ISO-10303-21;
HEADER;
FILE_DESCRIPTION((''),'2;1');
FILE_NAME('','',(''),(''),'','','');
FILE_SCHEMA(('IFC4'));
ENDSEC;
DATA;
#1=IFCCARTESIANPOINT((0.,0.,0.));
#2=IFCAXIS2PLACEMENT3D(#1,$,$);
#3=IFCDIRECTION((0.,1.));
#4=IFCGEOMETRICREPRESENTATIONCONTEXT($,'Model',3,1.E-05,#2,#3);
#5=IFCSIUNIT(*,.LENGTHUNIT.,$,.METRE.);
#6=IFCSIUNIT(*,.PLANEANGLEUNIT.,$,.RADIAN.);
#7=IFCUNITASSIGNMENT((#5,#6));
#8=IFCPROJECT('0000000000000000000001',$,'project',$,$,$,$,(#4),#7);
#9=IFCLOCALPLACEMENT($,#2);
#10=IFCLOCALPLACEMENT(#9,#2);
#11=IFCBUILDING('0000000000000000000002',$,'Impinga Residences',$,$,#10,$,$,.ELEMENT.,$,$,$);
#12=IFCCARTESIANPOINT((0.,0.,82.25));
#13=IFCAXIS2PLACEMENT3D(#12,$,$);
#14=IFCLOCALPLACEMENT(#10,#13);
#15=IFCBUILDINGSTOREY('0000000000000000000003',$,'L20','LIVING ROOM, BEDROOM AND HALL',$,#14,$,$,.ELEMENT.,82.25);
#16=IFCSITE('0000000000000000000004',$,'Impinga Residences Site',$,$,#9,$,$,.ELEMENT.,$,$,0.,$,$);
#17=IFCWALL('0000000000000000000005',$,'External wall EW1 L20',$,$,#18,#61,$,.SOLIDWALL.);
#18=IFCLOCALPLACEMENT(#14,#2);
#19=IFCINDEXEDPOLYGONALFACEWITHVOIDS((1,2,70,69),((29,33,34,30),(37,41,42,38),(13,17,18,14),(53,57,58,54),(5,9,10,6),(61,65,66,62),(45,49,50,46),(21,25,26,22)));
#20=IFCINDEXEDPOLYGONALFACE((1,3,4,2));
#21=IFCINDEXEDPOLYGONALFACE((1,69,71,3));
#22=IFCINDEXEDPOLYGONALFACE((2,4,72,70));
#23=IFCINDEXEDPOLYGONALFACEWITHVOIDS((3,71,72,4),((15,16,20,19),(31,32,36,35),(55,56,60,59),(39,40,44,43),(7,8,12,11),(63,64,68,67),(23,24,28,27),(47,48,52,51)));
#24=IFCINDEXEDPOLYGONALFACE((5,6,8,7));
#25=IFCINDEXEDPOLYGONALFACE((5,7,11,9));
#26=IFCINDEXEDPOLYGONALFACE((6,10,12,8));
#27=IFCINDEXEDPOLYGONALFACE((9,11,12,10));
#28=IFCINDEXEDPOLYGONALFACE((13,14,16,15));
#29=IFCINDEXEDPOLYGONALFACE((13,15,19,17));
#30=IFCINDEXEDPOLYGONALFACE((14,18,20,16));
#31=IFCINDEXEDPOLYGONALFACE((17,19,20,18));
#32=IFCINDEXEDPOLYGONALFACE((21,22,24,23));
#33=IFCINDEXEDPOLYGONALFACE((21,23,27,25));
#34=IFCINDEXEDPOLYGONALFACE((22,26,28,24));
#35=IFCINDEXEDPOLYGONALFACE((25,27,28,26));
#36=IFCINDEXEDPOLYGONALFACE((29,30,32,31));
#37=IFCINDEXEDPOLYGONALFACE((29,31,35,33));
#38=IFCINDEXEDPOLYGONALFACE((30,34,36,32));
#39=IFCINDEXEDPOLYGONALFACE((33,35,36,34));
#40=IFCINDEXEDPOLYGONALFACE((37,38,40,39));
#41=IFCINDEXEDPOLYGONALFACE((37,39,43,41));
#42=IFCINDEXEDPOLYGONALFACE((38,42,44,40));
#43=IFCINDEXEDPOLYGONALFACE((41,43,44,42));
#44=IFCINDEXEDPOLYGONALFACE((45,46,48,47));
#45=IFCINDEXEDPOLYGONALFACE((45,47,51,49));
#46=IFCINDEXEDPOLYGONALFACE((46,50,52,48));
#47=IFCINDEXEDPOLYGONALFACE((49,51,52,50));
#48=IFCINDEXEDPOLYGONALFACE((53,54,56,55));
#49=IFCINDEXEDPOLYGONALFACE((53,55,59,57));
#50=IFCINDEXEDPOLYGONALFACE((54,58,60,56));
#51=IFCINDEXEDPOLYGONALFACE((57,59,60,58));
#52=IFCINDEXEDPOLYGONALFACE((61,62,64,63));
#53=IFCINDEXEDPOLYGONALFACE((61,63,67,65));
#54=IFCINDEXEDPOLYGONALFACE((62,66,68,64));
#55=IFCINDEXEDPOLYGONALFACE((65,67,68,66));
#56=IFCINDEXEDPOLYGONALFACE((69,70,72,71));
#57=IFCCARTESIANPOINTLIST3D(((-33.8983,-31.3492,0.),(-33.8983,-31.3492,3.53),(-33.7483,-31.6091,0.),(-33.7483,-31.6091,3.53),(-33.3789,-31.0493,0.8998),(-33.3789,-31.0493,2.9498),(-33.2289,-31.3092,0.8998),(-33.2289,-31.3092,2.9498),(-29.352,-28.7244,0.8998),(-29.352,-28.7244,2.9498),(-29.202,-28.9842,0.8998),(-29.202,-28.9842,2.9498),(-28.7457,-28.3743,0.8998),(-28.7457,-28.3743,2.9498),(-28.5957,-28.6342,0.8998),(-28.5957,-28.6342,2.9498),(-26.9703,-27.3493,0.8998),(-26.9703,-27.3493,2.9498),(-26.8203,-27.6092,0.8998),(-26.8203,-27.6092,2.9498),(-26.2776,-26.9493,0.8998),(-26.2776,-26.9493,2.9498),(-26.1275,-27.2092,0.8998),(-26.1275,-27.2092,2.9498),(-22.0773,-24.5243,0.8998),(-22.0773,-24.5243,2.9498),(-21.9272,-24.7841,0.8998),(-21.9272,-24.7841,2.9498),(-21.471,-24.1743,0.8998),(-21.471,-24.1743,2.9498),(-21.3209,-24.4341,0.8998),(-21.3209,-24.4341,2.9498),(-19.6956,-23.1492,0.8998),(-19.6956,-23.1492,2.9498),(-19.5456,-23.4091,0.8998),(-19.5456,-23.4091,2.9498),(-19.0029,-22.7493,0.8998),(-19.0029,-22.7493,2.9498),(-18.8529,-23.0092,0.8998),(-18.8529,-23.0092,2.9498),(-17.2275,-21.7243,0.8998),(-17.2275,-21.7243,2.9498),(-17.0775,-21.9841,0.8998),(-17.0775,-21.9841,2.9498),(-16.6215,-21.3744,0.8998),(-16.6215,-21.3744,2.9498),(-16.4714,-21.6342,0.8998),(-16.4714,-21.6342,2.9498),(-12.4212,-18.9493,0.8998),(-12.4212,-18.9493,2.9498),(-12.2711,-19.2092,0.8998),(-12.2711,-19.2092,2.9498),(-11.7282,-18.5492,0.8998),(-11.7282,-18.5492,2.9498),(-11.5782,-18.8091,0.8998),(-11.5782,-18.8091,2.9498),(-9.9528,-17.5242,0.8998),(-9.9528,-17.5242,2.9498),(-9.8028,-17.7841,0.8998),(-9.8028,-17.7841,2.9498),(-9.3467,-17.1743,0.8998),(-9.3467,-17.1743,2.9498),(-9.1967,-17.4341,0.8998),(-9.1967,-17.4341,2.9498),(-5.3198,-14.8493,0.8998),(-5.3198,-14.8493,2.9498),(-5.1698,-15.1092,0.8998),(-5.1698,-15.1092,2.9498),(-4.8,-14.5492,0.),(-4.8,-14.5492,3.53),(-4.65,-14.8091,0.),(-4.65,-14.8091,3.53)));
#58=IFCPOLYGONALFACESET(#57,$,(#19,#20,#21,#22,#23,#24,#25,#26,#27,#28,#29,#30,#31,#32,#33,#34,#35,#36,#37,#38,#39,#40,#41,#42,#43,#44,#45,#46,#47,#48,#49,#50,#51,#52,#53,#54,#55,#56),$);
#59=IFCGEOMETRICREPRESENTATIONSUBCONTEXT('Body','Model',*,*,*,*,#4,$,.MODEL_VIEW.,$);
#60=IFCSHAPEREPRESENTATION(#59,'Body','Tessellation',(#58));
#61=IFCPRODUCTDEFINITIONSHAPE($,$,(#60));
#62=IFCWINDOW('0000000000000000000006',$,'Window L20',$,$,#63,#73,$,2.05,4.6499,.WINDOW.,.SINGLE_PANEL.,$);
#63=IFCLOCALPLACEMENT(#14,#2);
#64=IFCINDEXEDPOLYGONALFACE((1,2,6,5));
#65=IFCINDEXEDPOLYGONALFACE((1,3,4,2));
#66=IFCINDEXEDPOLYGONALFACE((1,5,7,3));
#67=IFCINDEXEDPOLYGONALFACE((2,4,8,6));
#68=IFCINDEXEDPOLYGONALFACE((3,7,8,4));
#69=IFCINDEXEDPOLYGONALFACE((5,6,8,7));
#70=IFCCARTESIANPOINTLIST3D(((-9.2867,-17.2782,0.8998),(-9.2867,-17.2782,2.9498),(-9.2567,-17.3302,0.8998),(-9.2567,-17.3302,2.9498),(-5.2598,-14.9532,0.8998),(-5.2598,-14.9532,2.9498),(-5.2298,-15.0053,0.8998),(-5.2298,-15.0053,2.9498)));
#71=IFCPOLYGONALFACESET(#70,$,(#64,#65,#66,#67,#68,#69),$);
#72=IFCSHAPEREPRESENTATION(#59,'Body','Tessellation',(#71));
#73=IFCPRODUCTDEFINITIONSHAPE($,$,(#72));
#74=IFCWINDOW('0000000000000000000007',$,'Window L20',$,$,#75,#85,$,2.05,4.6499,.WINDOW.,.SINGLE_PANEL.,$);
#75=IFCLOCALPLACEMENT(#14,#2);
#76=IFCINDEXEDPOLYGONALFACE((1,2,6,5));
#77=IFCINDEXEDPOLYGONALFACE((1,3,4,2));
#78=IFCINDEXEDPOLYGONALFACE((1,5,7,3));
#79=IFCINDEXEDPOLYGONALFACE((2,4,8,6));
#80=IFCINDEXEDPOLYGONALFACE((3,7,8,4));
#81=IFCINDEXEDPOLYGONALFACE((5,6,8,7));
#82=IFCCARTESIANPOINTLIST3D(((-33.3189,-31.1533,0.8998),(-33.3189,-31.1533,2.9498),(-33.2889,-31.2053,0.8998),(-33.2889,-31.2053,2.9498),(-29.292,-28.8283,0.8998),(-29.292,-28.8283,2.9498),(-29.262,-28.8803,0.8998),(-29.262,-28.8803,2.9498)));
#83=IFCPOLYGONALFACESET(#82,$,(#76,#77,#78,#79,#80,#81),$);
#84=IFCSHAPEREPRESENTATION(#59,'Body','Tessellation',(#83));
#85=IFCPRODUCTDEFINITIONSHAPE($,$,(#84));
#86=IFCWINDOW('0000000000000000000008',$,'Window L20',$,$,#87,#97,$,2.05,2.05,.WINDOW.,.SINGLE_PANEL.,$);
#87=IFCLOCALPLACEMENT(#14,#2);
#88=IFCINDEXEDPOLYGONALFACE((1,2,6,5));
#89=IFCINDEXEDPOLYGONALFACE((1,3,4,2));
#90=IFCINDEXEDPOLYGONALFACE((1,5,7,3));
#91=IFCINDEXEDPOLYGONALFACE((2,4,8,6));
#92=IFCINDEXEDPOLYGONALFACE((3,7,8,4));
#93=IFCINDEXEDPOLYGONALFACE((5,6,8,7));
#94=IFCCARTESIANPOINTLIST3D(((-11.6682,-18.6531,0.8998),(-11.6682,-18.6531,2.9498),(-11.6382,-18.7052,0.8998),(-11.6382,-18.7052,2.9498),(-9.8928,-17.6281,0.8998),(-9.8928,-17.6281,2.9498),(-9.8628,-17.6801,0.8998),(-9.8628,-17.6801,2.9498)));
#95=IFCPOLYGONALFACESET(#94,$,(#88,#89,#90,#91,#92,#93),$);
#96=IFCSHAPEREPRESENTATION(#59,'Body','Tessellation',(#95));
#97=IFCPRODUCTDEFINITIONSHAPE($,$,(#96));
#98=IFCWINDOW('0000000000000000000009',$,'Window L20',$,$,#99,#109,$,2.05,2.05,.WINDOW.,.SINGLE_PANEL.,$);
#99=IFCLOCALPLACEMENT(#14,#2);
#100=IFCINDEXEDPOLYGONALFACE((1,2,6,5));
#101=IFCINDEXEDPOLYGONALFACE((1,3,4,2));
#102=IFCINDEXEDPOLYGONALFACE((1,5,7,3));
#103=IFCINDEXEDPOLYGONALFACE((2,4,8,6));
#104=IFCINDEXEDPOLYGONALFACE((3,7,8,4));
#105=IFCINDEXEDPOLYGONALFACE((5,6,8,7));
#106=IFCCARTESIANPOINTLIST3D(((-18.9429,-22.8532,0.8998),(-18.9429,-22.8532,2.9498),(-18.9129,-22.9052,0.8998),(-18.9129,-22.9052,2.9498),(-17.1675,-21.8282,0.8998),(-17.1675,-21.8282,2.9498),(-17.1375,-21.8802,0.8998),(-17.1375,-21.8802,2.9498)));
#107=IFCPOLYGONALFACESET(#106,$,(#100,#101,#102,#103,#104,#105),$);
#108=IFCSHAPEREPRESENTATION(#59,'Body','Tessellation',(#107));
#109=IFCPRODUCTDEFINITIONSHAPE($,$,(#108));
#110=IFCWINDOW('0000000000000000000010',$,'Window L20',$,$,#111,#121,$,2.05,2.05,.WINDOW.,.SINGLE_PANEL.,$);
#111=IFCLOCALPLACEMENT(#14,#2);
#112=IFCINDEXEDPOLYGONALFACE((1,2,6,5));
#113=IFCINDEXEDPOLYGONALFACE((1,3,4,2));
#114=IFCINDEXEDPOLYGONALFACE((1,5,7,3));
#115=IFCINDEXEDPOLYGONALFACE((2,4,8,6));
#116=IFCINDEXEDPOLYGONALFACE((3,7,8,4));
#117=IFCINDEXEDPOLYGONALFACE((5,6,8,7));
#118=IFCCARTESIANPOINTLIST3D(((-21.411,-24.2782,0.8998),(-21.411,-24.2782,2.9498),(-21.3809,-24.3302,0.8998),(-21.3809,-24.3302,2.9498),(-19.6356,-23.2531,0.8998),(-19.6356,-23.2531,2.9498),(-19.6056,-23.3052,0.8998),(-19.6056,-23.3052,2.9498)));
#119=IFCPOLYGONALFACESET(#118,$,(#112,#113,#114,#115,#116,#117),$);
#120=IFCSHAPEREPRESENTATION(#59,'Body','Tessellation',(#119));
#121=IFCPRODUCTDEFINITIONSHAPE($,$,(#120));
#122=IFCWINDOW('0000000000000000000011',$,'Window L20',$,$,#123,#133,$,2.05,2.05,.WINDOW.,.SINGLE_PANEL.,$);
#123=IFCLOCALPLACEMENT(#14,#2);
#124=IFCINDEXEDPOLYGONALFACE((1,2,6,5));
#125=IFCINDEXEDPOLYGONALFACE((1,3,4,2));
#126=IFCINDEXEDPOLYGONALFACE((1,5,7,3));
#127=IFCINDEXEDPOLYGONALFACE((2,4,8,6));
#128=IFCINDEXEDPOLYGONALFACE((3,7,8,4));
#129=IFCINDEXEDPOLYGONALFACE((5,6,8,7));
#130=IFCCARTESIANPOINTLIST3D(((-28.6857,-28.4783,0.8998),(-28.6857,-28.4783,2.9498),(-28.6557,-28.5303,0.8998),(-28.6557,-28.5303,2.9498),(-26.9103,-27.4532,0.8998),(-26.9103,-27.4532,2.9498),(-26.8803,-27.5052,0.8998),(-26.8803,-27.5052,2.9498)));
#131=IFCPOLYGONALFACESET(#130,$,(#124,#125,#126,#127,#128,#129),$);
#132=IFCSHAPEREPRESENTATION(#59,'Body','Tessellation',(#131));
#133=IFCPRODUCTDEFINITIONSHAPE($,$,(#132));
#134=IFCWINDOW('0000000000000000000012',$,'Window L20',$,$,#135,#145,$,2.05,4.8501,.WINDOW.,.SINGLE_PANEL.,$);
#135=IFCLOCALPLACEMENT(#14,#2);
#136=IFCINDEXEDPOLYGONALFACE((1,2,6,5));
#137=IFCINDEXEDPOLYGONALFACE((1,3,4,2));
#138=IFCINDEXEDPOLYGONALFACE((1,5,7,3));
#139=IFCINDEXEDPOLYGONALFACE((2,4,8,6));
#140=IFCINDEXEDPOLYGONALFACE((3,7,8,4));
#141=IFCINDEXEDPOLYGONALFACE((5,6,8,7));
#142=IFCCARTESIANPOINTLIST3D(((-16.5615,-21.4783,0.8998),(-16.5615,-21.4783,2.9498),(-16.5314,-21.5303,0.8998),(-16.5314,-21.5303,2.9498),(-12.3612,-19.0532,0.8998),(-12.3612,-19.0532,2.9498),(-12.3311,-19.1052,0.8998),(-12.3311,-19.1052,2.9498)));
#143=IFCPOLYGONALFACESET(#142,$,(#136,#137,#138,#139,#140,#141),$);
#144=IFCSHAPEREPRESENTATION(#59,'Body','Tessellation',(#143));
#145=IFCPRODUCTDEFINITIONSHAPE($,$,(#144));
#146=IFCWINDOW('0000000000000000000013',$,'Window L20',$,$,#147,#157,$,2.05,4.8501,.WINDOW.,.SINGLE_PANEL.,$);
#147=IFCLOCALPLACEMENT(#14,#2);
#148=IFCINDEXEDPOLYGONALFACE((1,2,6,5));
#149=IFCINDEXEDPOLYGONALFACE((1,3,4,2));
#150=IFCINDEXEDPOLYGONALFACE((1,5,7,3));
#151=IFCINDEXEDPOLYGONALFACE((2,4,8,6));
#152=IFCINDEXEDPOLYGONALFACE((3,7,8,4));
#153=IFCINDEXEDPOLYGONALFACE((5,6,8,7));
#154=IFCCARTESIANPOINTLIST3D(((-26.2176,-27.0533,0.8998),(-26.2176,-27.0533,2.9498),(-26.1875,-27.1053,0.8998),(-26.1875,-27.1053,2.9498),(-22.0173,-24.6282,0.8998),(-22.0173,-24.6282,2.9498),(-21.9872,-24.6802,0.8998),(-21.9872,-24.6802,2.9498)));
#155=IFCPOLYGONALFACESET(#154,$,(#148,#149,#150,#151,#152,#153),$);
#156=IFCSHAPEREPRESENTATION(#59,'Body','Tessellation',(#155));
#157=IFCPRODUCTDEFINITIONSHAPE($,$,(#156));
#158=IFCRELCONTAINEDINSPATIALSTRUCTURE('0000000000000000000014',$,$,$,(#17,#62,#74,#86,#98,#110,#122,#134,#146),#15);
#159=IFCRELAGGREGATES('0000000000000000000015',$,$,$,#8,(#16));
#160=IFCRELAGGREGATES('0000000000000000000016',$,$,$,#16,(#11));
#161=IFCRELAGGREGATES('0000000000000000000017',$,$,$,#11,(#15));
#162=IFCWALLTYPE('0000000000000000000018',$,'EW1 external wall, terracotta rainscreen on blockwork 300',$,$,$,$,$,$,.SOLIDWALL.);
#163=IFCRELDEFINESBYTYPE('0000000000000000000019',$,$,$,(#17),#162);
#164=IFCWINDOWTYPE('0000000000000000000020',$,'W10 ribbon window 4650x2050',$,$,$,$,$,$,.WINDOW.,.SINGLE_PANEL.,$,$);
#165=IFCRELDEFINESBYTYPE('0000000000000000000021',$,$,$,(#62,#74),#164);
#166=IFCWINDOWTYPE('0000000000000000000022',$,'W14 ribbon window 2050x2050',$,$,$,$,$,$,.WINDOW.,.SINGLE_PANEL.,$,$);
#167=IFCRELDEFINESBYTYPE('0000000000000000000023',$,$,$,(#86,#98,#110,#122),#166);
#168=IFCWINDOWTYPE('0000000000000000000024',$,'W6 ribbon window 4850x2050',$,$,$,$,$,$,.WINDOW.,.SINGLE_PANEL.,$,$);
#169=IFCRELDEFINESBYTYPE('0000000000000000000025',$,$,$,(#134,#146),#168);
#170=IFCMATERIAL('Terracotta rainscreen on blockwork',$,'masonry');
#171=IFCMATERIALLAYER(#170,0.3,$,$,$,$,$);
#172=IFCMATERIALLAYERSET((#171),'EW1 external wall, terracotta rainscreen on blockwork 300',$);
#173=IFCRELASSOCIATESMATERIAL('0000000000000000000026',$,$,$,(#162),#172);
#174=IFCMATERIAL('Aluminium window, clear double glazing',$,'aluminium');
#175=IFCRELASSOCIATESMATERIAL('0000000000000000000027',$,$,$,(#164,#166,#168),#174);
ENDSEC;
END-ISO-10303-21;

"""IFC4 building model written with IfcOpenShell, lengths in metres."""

from ifc_helpers import new_model, si_unit, direction, frame, frame_2d, origin, place, context, subcontext, project, spatial, rectangle, extrude, material, layer, layer_set, type_object, element, fill, save


model = new_model("IFC4")

# Units and contexts
model_context = context("Model", 3, precision=1e-05, world=origin(), true_north=direction((0.0, 1.0)))
body_context = subcontext(model_context, "Body", "Model", "MODEL_VIEW")
ifc_project = project(units=[si_unit("LENGTHUNIT", "METRE"), si_unit("PLANEANGLEUNIT", "RADIAN")], contexts=[model_context])

# Site, building, storey
site_placement = place(None, origin())
site = spatial("IfcSite", under=ifc_project, at=site_placement, Name="Impinga Residences Site", CompositionType="ELEMENT", RefElevation=0.0)
building_placement = place(site_placement, origin())
building = spatial("IfcBuilding", under=site, at=building_placement, Name="Impinga Residences", CompositionType="ELEMENT")
storey_placement = place(building_placement, frame((0.0, 0.0, 82.25)))
storey = spatial("IfcBuildingStorey", under=building, at=storey_placement, Name="L20", Description="LIVING ROOM, BEDROOM AND HALL", CompositionType="ELEMENT", Elevation=82.25)

# Shared definitions
ifc_material_1 = material(Name="Terracotta rainscreen on blockwork", Category="masonry")
ifc_layer_1 = layer(ifc_material_1, 0.3)
ifc_layer_set_1 = layer_set([ifc_layer_1], Name="EW1 external wall, terracotta rainscreen on blockwork 300")
wall_type_1 = type_object("IfcWallType", Name="EW1 external wall, terracotta rainscreen on blockwork 300", PredefinedType="SOLIDWALL", material=ifc_layer_set_1)

# Wall, openings, windows
wall_1_placement = place(storey_placement, frame((-4.7251, -14.6792, 0.0), z_axis=(0.0, 0.0, 1.0), x_axis=(-0.866024, -0.500002, 0.0)))
wall_1 = element("IfcWall", 1, at=wall_1_placement, inside=storey, type_object=wall_type_1, Name="External wall EW1 L20", PredefinedType="SOLIDWALL", context=body_context, shape_type="SweptSolid", body=[
    extrude(rectangle(XDim=33.5999, YDim=0.3, at=frame_2d((16.7998, 0.0))), origin(), (0.0, 0.0, 1.0), 3.53),
])
opening_1_placement = place(wall_1_placement, frame((0.6001, 0.0, 0.8999)))
opening_1 = element("IfcOpeningElement", 2, at=opening_1_placement, cuts=wall_1, PredefinedType="OPENING", context=body_context, shape_type="SweptSolid", body=[
    extrude(rectangle(XDim=4.6499, YDim=2.05, at=frame_2d((2.325, 1.0249))), frame((0.0, 0.1599, 0.0), z_axis=(0.0, -1.0, 0.0), x_axis=(1.0, 0.0, 0.0)), (0.0, 0.0, 1.0), 0.3201),
])
opening_2_placement = place(wall_1_placement, frame((5.95, 0.0, 0.8999)))
opening_2 = element("IfcOpeningElement", 3, at=opening_2_placement, cuts=wall_1, PredefinedType="OPENING", context=body_context, shape_type="SweptSolid", body=[
    extrude(rectangle(XDim=2.05, YDim=2.05, at=frame_2d((1.0249, 1.0249))), frame((0.0, 0.1599, 0.0), z_axis=(0.0, -1.0, 0.0), x_axis=(1.0, 0.0, 0.0)), (0.0, 0.0, 1.0), 0.3201),
])
opening_3_placement = place(wall_1_placement, frame((8.8, 0.0, 0.8999)))
opening_3 = element("IfcOpeningElement", 4, at=opening_3_placement, cuts=wall_1, PredefinedType="OPENING", context=body_context, shape_type="SweptSolid", body=[
    extrude(rectangle(XDim=4.8501, YDim=2.05, at=frame_2d((2.425, 1.0249))), frame((0.0, 0.1599, 0.0), z_axis=(0.0, -1.0, 0.0), x_axis=(1.0, 0.0, 0.0)), (0.0, 0.0, 1.0), 0.3201),
])
opening_4_placement = place(wall_1_placement, frame((14.3501, 0.0, 0.8999)))
opening_4 = element("IfcOpeningElement", 5, at=opening_4_placement, cuts=wall_1, PredefinedType="OPENING", context=body_context, shape_type="SweptSolid", body=[
    extrude(rectangle(XDim=2.05, YDim=2.05, at=frame_2d((1.0249, 1.0249))), frame((0.0, 0.1599, 0.0), z_axis=(0.0, -1.0, 0.0), x_axis=(1.0, 0.0, 0.0)), (0.0, 0.0, 1.0), 0.3201),
])
opening_5_placement = place(wall_1_placement, frame((17.2, 0.0, 0.8999)))
opening_5 = element("IfcOpeningElement", 6, at=opening_5_placement, cuts=wall_1, PredefinedType="OPENING", context=body_context, shape_type="SweptSolid", body=[
    extrude(rectangle(XDim=2.05, YDim=2.05, at=frame_2d((1.0249, 1.0249))), frame((0.0, 0.1599, 0.0), z_axis=(0.0, -1.0, 0.0), x_axis=(1.0, 0.0, 0.0)), (0.0, 0.0, 1.0), 0.3201),
])
opening_6_placement = place(wall_1_placement, frame((19.95, 0.0, 0.8999)))
opening_6 = element("IfcOpeningElement", 7, at=opening_6_placement, cuts=wall_1, PredefinedType="OPENING", context=body_context, shape_type="SweptSolid", body=[
    extrude(rectangle(XDim=4.8501, YDim=2.05, at=frame_2d((2.425, 1.0249))), frame((0.0, 0.1599, 0.0), z_axis=(0.0, -1.0, 0.0), x_axis=(1.0, 0.0, 0.0)), (0.0, 0.0, 1.0), 0.3201),
])
opening_7_placement = place(wall_1_placement, frame((25.6001, 0.0, 0.8999)))
opening_7 = element("IfcOpeningElement", 8, at=opening_7_placement, cuts=wall_1, PredefinedType="OPENING", context=body_context, shape_type="SweptSolid", body=[
    extrude(rectangle(XDim=2.05, YDim=2.05, at=frame_2d((1.0249, 1.0249))), frame((0.0, 0.1599, 0.0), z_axis=(0.0, -1.0, 0.0), x_axis=(1.0, 0.0, 0.0)), (0.0, 0.0, 1.0), 0.3201),
])
opening_8_placement = place(wall_1_placement, frame((28.3501, 0.0, 0.8999)))
opening_8 = element("IfcOpeningElement", 9, at=opening_8_placement, cuts=wall_1, PredefinedType="OPENING", context=body_context, shape_type="SweptSolid", body=[
    extrude(rectangle(XDim=4.6499, YDim=2.05, at=frame_2d((2.325, 1.0249))), frame((0.0, 0.1599, 0.0), z_axis=(0.0, -1.0, 0.0), x_axis=(1.0, 0.0, 0.0)), (0.0, 0.0, 1.0), 0.3201),
])
ifc_material_2 = material(Name="Aluminium window, clear double glazing", Category="aluminium")
window_type_1 = type_object("IfcWindowType", Name="W10 ribbon window 4650x2050", PartitioningType="SINGLE_PANEL", PredefinedType="WINDOW", material=ifc_material_2)
window_1_placement = place(opening_1_placement, origin())
window_1 = element("IfcWindow", 10, at=window_1_placement, inside=storey, type_object=window_type_1, Name="Window L20", OverallHeight=2.05, OverallWidth=4.6499, PartitioningType="SINGLE_PANEL", PredefinedType="WINDOW", context=body_context, shape_type="SweptSolid", body=[
    extrude(rectangle(XDim=4.6499, YDim=2.05, at=frame_2d((2.325, 1.0249))), frame((0.0, 0.03, 0.0), z_axis=(0.0, -1.0, 0.0), x_axis=(1.0, 0.0, 0.0)), (0.0, 0.0, 1.0), 0.0601),
])
fill(opening_1, window_1)
window_2_placement = place(opening_8_placement, origin())
window_2 = element("IfcWindow", 11, at=window_2_placement, inside=storey, type_object=window_type_1, Name="Window L20", OverallHeight=2.05, OverallWidth=4.6499, PartitioningType="SINGLE_PANEL", PredefinedType="WINDOW", context=body_context, shape_type="SweptSolid", body=[
    extrude(rectangle(XDim=4.6499, YDim=2.05, at=frame_2d((2.325, 1.0249))), frame((0.0, 0.03, 0.0), z_axis=(0.0, -1.0, 0.0), x_axis=(1.0, 0.0, 0.0)), (0.0, 0.0, 1.0), 0.0601),
])
fill(opening_8, window_2)
window_type_2 = type_object("IfcWindowType", Name="W14 ribbon window 2050x2050", PartitioningType="SINGLE_PANEL", PredefinedType="WINDOW", material=ifc_material_2)
window_3_placement = place(opening_2_placement, origin())
window_3 = element("IfcWindow", 12, at=window_3_placement, inside=storey, type_object=window_type_2, Name="Window L20", OverallHeight=2.05, OverallWidth=2.05, PartitioningType="SINGLE_PANEL", PredefinedType="WINDOW", context=body_context, shape_type="SweptSolid", body=[
    extrude(rectangle(XDim=2.05, YDim=2.05, at=frame_2d((1.0249, 1.0249))), frame((0.0, 0.03, 0.0), z_axis=(0.0, -1.0, 0.0), x_axis=(1.0, 0.0, 0.0)), (0.0, 0.0, 1.0), 0.0601),
])
fill(opening_2, window_3)
window_4_placement = place(opening_4_placement, origin())
window_4 = element("IfcWindow", 13, at=window_4_placement, inside=storey, type_object=window_type_2, Name="Window L20", OverallHeight=2.05, OverallWidth=2.05, PartitioningType="SINGLE_PANEL", PredefinedType="WINDOW", context=body_context, shape_type="SweptSolid", body=[
    extrude(rectangle(XDim=2.05, YDim=2.05, at=frame_2d((1.0249, 1.0249))), frame((0.0, 0.03, 0.0), z_axis=(0.0, -1.0, 0.0), x_axis=(1.0, 0.0, 0.0)), (0.0, 0.0, 1.0), 0.0601),
])
fill(opening_4, window_4)
window_5_placement = place(opening_5_placement, origin())
window_5 = element("IfcWindow", 14, at=window_5_placement, inside=storey, type_object=window_type_2, Name="Window L20", OverallHeight=2.05, OverallWidth=2.05, PartitioningType="SINGLE_PANEL", PredefinedType="WINDOW", context=body_context, shape_type="SweptSolid", body=[
    extrude(rectangle(XDim=2.05, YDim=2.05, at=frame_2d((1.0249, 1.0249))), frame((0.0, 0.03, 0.0), z_axis=(0.0, -1.0, 0.0), x_axis=(1.0, 0.0, 0.0)), (0.0, 0.0, 1.0), 0.0601),
])
fill(opening_5, window_5)
window_6_placement = place(opening_7_placement, origin())
window_6 = element("IfcWindow", 15, at=window_6_placement, inside=storey, type_object=window_type_2, Name="Window L20", OverallHeight=2.05, OverallWidth=2.05, PartitioningType="SINGLE_PANEL", PredefinedType="WINDOW", context=body_context, shape_type="SweptSolid", body=[
    extrude(rectangle(XDim=2.05, YDim=2.05, at=frame_2d((1.0249, 1.0249))), frame((0.0, 0.03, 0.0), z_axis=(0.0, -1.0, 0.0), x_axis=(1.0, 0.0, 0.0)), (0.0, 0.0, 1.0), 0.0601),
])
fill(opening_7, window_6)
window_type_3 = type_object("IfcWindowType", Name="W6 ribbon window 4850x2050", PartitioningType="SINGLE_PANEL", PredefinedType="WINDOW", material=ifc_material_2)
window_7_placement = place(opening_3_placement, origin())
window_7 = element("IfcWindow", 16, at=window_7_placement, inside=storey, type_object=window_type_3, Name="Window L20", OverallHeight=2.05, OverallWidth=4.8501, PartitioningType="SINGLE_PANEL", PredefinedType="WINDOW", context=body_context, shape_type="SweptSolid", body=[
    extrude(rectangle(XDim=4.8501, YDim=2.05, at=frame_2d((2.425, 1.0249))), frame((0.0, 0.03, 0.0), z_axis=(0.0, -1.0, 0.0), x_axis=(1.0, 0.0, 0.0)), (0.0, 0.0, 1.0), 0.0601),
])
fill(opening_3, window_7)
window_8_placement = place(opening_6_placement, origin())
window_8 = element("IfcWindow", 17, at=window_8_placement, inside=storey, type_object=window_type_3, Name="Window L20", OverallHeight=2.05, OverallWidth=4.8501, PartitioningType="SINGLE_PANEL", PredefinedType="WINDOW", context=body_context, shape_type="SweptSolid", body=[
    extrude(rectangle(XDim=4.8501, YDim=2.05, at=frame_2d((2.425, 1.0249))), frame((0.0, 0.03, 0.0), z_axis=(0.0, -1.0, 0.0), x_axis=(1.0, 0.0, 0.0)), (0.0, 0.0, 1.0), 0.0601),
])
fill(opening_6, window_8)

save(model, "model.ifc")
